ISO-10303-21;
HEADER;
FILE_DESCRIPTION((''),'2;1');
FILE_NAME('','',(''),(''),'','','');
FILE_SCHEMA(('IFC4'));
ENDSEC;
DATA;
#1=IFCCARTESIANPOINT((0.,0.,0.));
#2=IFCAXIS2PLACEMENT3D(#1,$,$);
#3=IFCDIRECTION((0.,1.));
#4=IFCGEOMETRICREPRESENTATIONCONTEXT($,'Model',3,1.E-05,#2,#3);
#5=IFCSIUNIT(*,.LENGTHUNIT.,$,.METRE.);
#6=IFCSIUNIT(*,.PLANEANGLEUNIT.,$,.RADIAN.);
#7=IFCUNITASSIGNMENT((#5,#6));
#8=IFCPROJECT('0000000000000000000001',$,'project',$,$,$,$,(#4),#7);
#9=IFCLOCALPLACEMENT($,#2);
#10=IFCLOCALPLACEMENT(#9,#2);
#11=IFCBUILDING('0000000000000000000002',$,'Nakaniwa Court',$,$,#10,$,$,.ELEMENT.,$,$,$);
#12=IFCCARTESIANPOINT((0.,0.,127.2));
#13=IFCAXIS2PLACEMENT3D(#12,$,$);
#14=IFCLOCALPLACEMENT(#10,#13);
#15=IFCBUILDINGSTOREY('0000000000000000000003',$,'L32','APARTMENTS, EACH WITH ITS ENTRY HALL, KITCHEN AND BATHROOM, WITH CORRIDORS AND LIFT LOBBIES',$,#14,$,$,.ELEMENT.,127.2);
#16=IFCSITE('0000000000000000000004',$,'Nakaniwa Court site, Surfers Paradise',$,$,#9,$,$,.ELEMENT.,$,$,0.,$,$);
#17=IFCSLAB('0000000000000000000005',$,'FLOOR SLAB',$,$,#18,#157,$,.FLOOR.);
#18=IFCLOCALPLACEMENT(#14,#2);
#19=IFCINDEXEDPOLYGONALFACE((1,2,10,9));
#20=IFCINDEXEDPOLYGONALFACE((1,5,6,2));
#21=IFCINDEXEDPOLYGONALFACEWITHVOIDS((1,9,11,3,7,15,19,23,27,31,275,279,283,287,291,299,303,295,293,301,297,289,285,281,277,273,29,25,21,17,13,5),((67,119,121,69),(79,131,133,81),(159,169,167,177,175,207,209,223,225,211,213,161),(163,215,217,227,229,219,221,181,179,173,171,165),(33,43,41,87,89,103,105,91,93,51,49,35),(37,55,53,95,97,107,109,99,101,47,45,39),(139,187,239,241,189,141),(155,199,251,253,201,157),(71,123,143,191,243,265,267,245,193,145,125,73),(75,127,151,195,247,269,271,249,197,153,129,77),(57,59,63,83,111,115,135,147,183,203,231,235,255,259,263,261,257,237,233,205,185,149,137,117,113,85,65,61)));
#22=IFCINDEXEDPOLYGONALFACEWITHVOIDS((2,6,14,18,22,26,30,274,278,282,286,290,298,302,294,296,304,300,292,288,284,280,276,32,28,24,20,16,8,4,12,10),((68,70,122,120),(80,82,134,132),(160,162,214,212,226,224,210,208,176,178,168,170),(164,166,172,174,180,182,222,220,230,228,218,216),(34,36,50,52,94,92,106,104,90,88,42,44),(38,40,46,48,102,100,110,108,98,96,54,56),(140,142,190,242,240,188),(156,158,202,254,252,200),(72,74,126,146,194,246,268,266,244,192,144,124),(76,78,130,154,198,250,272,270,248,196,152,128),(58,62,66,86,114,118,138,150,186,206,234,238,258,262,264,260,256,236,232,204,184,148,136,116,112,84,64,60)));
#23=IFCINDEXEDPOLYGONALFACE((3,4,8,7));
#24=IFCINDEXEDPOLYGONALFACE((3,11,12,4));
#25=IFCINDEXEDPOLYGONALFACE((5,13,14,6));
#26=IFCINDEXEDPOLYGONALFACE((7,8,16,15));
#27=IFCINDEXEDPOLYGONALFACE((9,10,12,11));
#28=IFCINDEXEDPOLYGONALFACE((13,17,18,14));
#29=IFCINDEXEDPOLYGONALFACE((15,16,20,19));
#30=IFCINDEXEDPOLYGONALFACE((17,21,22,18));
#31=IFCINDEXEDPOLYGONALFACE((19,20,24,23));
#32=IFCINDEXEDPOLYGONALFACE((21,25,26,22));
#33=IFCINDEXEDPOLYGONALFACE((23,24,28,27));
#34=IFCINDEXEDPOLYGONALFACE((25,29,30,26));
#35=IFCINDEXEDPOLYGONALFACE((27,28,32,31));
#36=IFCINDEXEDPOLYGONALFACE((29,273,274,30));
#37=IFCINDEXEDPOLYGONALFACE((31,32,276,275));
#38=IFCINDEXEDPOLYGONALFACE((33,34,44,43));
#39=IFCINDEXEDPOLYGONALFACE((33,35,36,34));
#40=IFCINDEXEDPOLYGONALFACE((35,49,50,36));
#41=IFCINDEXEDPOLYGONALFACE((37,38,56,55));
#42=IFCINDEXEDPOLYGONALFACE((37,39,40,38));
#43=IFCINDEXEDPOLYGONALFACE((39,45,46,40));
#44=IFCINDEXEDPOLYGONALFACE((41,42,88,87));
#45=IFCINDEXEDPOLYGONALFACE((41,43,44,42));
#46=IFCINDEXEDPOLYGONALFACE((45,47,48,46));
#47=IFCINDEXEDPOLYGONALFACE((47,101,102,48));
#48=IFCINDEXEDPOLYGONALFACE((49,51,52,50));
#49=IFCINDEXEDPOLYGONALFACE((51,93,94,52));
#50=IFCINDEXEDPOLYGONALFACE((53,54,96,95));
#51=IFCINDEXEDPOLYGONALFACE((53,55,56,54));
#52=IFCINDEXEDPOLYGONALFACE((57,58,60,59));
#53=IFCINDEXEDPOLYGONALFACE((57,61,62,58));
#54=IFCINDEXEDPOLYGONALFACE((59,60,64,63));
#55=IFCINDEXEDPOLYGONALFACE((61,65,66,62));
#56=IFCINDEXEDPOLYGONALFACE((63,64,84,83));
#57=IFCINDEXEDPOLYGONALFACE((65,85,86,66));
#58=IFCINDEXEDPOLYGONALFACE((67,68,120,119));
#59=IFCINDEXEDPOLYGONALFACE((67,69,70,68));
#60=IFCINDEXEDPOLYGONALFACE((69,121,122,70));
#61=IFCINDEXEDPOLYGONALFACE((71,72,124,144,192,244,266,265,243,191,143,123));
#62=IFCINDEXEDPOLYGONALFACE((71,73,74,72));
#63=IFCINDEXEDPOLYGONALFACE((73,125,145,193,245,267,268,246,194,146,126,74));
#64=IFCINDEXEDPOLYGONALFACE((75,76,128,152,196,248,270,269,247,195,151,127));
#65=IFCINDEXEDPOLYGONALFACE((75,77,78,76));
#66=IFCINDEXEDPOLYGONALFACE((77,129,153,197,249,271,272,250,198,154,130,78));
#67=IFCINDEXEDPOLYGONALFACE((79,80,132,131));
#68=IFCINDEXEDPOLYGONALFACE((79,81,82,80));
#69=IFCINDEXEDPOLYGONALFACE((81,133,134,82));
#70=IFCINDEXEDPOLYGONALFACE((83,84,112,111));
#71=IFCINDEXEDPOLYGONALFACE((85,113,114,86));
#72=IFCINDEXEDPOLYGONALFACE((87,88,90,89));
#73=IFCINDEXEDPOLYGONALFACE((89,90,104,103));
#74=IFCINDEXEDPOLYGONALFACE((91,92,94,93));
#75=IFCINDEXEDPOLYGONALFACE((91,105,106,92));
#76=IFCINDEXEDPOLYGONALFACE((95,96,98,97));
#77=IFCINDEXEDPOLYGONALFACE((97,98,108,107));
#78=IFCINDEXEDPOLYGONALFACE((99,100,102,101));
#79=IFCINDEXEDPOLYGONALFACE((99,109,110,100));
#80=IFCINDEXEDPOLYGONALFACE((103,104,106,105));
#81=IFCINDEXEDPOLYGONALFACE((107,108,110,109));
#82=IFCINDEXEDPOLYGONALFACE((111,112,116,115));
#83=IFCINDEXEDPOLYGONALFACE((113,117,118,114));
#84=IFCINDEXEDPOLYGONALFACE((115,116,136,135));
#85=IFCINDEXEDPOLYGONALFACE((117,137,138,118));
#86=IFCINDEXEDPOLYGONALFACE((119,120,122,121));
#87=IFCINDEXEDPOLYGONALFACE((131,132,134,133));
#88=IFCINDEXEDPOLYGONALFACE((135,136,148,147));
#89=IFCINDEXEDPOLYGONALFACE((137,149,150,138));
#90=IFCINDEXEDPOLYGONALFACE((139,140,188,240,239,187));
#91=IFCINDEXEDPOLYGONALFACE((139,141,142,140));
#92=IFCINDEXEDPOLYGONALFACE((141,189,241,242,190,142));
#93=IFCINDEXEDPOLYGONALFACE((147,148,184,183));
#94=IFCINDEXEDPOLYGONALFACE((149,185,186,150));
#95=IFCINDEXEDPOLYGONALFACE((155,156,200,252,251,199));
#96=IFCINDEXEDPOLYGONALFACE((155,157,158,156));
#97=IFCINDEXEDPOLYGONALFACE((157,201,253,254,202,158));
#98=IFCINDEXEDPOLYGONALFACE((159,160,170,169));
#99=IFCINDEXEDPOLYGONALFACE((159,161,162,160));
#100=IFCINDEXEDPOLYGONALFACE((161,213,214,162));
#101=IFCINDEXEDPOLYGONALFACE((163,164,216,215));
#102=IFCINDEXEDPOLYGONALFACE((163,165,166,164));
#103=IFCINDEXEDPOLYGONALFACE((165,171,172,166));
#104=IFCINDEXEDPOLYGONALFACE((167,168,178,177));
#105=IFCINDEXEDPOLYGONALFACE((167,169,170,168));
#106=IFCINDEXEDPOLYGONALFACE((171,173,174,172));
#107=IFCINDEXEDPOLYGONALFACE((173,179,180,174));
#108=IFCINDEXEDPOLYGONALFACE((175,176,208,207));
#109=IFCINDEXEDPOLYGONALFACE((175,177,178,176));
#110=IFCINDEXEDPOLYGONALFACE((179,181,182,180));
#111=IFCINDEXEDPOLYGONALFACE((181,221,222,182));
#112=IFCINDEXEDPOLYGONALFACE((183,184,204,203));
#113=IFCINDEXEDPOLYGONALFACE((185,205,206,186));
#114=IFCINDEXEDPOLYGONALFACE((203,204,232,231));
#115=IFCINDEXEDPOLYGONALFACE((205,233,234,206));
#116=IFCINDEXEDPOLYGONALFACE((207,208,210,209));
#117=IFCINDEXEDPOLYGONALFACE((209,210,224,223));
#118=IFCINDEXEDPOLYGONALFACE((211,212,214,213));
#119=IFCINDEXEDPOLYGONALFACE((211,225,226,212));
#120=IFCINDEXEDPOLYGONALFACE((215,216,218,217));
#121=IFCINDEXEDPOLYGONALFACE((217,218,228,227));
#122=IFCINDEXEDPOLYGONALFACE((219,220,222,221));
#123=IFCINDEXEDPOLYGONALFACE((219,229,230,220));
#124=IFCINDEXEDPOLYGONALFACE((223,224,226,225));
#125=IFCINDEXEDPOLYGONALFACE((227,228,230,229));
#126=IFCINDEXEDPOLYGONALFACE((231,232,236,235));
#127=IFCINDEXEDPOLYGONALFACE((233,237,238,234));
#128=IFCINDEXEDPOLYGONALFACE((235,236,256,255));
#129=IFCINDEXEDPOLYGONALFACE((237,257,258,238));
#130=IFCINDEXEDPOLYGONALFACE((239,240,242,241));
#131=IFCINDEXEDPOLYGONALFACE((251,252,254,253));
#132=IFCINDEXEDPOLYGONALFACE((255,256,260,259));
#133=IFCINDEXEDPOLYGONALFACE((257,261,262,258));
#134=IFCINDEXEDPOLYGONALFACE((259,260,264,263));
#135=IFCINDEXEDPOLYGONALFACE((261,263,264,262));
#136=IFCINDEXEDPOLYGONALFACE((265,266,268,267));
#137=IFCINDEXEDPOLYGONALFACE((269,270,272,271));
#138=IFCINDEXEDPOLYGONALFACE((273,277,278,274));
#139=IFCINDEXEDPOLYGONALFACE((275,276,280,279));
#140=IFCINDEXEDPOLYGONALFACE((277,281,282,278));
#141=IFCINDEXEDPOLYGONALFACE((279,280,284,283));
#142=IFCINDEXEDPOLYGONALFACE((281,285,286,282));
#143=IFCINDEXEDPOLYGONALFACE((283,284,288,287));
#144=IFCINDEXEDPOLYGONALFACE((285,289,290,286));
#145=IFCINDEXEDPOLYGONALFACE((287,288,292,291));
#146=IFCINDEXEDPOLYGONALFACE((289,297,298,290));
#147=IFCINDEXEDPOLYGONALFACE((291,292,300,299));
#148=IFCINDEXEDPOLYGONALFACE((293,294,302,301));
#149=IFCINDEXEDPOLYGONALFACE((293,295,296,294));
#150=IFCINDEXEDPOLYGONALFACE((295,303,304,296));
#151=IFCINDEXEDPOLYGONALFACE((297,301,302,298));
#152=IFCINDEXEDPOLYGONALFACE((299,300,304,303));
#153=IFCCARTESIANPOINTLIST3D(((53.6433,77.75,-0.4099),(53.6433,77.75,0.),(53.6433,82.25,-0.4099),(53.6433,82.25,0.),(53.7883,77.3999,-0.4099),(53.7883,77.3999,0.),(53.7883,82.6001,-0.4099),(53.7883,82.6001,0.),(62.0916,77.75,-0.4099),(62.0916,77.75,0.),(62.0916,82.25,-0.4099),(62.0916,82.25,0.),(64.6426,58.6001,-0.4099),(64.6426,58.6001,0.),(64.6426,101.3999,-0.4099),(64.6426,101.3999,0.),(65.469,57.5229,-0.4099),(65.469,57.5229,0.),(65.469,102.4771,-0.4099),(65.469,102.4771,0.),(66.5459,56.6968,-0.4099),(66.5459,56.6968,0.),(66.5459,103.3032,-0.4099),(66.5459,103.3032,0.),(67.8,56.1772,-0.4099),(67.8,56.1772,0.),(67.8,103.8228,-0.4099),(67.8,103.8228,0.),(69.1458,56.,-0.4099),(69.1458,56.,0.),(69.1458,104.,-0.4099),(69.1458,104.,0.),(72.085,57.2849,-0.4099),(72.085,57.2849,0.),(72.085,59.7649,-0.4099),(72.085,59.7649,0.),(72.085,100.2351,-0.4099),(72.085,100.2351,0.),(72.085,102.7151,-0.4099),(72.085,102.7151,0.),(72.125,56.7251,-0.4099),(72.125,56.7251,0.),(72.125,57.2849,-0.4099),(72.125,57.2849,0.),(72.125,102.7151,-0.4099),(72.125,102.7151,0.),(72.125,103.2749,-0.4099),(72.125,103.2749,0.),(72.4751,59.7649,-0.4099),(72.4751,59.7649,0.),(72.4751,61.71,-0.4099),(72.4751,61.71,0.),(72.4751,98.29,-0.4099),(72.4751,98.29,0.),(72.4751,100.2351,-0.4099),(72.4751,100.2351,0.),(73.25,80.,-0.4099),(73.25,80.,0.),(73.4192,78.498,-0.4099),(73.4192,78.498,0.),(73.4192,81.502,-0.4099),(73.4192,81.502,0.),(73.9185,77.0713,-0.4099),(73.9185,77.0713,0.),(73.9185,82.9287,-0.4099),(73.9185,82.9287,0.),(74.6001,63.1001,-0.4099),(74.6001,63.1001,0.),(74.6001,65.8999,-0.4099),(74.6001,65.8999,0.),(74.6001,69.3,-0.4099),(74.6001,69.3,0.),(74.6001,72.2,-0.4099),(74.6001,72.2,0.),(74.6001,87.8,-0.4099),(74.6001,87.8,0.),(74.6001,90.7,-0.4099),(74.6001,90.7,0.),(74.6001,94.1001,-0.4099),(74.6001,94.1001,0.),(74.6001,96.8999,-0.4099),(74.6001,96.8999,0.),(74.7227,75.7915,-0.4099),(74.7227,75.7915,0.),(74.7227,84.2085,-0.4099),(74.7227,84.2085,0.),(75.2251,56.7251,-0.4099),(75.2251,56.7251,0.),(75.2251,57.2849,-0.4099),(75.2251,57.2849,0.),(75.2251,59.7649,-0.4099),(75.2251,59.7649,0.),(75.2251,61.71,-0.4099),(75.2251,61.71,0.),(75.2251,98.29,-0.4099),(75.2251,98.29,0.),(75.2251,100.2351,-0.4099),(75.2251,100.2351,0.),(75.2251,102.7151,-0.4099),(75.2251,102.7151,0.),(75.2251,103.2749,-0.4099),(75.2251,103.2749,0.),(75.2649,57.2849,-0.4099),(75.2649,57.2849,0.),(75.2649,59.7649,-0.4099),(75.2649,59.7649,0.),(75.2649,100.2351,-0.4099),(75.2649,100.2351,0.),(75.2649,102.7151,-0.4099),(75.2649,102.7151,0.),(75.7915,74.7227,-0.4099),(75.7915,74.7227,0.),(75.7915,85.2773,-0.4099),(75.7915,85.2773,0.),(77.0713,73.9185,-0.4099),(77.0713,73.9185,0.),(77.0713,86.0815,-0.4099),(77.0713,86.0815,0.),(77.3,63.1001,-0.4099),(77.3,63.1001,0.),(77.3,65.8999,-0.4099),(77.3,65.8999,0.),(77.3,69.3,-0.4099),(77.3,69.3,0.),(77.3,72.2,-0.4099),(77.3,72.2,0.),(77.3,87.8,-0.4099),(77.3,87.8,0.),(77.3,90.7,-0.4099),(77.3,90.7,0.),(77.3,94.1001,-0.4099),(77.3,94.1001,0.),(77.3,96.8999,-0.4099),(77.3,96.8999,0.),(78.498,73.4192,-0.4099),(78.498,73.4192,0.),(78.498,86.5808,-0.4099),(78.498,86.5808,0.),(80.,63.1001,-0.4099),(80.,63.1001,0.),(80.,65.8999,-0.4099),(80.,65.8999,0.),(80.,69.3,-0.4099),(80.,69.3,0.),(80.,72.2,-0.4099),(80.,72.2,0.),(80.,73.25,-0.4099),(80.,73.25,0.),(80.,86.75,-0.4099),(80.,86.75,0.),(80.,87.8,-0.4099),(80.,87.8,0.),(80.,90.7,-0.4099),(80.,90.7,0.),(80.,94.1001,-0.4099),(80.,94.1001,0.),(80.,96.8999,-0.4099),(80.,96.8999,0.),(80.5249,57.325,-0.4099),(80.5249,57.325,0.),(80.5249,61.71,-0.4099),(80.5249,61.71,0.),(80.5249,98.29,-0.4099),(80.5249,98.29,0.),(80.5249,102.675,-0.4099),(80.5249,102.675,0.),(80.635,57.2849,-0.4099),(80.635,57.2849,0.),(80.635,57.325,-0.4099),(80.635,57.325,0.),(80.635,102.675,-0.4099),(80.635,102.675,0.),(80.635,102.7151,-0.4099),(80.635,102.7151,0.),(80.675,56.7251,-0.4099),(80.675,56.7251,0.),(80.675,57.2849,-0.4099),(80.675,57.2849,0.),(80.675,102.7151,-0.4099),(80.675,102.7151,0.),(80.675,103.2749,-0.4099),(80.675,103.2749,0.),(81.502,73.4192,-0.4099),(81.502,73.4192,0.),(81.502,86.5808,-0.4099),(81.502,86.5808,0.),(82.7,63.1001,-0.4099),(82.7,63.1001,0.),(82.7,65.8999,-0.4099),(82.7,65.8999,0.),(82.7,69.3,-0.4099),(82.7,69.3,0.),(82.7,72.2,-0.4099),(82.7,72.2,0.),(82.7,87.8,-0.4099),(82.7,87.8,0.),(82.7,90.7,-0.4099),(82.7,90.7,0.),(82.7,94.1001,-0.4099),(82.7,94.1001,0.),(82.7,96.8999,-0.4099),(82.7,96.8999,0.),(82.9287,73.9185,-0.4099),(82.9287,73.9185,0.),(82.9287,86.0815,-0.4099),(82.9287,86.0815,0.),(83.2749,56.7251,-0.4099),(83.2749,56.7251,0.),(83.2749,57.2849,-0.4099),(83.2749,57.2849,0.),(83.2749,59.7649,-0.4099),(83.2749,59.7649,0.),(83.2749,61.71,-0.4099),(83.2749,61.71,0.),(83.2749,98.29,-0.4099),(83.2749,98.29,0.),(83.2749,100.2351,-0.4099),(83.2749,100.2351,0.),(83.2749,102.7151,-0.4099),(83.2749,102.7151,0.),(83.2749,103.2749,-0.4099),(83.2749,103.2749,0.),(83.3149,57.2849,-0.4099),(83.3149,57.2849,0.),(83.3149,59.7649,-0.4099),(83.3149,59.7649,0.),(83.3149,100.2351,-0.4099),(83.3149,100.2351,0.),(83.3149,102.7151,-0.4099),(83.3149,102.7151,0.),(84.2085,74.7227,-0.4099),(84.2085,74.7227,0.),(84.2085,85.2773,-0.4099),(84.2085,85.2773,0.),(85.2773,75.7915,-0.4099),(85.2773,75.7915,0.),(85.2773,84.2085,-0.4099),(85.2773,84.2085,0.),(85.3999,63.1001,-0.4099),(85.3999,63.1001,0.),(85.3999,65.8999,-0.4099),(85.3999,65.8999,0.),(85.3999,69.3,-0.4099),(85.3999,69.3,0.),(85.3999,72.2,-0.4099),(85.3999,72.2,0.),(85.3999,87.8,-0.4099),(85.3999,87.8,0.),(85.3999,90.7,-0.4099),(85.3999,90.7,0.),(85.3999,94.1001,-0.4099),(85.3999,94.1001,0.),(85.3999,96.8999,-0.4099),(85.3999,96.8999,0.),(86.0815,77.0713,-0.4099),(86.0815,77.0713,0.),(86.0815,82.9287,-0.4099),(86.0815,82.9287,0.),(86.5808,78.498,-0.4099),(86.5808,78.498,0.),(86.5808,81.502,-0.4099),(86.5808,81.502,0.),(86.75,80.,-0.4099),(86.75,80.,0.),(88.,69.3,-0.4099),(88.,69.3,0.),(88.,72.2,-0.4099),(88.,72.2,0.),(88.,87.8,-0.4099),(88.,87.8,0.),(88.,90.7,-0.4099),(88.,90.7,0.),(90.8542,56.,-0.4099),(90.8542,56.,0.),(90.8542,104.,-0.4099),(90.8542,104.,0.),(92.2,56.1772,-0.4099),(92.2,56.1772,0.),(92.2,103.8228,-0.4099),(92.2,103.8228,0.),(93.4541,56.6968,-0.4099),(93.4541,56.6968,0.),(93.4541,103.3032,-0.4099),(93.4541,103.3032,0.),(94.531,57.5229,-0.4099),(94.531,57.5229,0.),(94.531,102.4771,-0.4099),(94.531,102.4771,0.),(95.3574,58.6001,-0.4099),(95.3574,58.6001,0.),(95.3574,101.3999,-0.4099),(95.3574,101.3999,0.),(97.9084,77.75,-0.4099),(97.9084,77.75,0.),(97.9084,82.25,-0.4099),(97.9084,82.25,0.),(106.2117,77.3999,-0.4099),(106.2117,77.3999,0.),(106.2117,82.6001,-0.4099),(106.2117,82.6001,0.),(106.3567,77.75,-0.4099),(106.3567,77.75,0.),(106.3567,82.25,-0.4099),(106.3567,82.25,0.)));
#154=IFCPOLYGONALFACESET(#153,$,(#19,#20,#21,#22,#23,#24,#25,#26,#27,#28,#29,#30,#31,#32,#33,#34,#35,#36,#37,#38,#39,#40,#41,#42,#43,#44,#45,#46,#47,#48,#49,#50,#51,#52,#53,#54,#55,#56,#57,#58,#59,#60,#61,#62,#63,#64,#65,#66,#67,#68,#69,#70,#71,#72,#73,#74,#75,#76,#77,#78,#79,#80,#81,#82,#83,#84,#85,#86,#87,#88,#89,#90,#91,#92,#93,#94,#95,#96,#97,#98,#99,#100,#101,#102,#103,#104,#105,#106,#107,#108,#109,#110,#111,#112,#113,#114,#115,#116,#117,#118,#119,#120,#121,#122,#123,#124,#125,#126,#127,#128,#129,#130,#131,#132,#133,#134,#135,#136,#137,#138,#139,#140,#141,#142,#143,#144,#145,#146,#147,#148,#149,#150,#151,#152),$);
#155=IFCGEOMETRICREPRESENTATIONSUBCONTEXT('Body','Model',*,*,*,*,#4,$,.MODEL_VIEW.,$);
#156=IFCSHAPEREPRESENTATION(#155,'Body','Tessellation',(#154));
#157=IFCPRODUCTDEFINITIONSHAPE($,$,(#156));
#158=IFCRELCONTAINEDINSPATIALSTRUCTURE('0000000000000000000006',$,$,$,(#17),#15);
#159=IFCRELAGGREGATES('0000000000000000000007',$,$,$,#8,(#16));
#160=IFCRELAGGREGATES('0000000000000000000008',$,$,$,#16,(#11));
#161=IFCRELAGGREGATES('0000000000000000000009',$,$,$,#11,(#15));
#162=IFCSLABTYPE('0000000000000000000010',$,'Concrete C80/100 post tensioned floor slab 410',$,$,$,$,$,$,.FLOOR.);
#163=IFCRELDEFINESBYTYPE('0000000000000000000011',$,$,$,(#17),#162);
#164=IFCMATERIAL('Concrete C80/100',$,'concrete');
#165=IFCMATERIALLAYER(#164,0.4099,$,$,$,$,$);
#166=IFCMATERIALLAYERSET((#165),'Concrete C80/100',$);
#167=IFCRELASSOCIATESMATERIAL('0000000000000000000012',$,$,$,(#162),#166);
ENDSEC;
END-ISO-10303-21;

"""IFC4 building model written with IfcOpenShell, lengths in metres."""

from ifc_helpers import new_model, si_unit, direction, frame, origin, place, context, subcontext, project, spatial, polyline, outline, extrude, material, layer, layer_set, type_object, element, save


model = new_model("IFC4")

# Units and contexts
model_context = context("Model", 3, precision=1e-05, world=origin(), true_north=direction((0.0, 1.0)))
body_context = subcontext(model_context, "Body", "Model", "MODEL_VIEW")
ifc_project = project(units=[si_unit("LENGTHUNIT", "METRE"), si_unit("PLANEANGLEUNIT", "RADIAN")], contexts=[model_context])

# Site, building, storey
site_placement = place(None, origin())
site = spatial("IfcSite", under=ifc_project, at=site_placement, Name="Nakaniwa Court site, Surfers Paradise", CompositionType="ELEMENT", RefElevation=0.0)
building_placement = place(site_placement, origin())
building = spatial("IfcBuilding", under=site, at=building_placement, Name="Nakaniwa Court", CompositionType="ELEMENT")
storey_placement = place(building_placement, frame((0.0, 0.0, 127.2)))
storey = spatial("IfcBuildingStorey", under=building, at=storey_placement, Name="L32", Description="APARTMENTS, EACH WITH ITS ENTRY HALL, KITCHEN AND BATHROOM, WITH CORRIDORS AND LIFT LOBBIES", CompositionType="ELEMENT", Elevation=127.2)

# Shared definitions
ifc_material_1 = material(Name="Concrete C80/100", Category="concrete")

# Slab
ifc_layer_1 = layer(ifc_material_1, 0.4099)
ifc_layer_set_1 = layer_set([ifc_layer_1], Name="Concrete C80/100")
slab_type_1 = type_object("IfcSlabType", Name="Concrete C80/100 post tensioned floor slab 410", PredefinedType="FLOOR", material=ifc_layer_set_1)
slab_1_placement = place(storey_placement, frame((0.0, 0.0, -0.4099)))
element("IfcSlab", 1, at=slab_1_placement, inside=storey, type_object=slab_type_1, Name="FLOOR SLAB", PredefinedType="FLOOR", context=body_context, shape_type="SweptSolid", body=[
    extrude(outline(polyline([(97.9084, 82.25), (106.3567, 82.25), (106.2117, 82.6001), (95.3574, 101.3999), (94.531, 102.4771), (93.4541, 103.3032), (92.2, 103.8228), (90.8542, 104.0), (69.1458, 104.0), (67.8, 103.8228), (66.5459, 103.3032), (65.469, 102.4771), (64.6426, 101.3999), (53.7883, 82.6001), (53.6433, 82.25), (62.0916, 82.25), (62.0916, 77.75), (53.6433, 77.75), (53.7883, 77.3999), (64.6426, 58.6001), (65.469, 57.5229), (66.5459, 56.6968), (67.8, 56.1772), (69.1458, 56.0), (90.8542, 56.0), (92.2, 56.1772), (93.4541, 56.6968), (94.531, 57.5229), (95.3574, 58.6001), (106.2117, 77.3999), (106.3567, 77.75), (97.9084, 77.75), (97.9084, 82.25)]), holes=[polyline([(81.502, 86.5808), (80.0, 86.75), (78.498, 86.5808), (77.0713, 86.0815), (75.7915, 85.2773), (74.7227, 84.2085), (73.9185, 82.9287), (73.4192, 81.502), (73.25, 80.0), (73.4192, 78.498), (73.9185, 77.0713), (74.7227, 75.7915), (75.7915, 74.7227), (77.0713, 73.9185), (78.498, 73.4192), (80.0, 73.25), (81.502, 73.4192), (82.9287, 73.9185), (84.2085, 74.7227), (85.2773, 75.7915), (86.0815, 77.0713), (86.5808, 78.498), (86.75, 80.0), (86.5808, 81.502), (86.0815, 82.9287), (85.2773, 84.2085), (84.2085, 85.2773), (82.9287, 86.0815), (81.502, 86.5808)]), polyline([(72.4751, 61.71), (72.4751, 59.7649), (72.085, 59.7649), (72.085, 57.2849), (72.125, 57.2849), (72.125, 56.7251), (75.2251, 56.7251), (75.2251, 57.2849), (75.2649, 57.2849), (75.2649, 59.7649), (75.2251, 59.7649), (75.2251, 61.71), (72.4751, 61.71)]), polyline([(77.3, 63.1001), (77.3, 65.8999), (74.6001, 65.8999), (74.6001, 63.1001), (77.3, 63.1001)]), polyline([(80.0, 69.3), (82.7, 69.3), (85.3999, 69.3), (88.0, 69.3), (88.0, 72.2), (85.3999, 72.2), (82.7, 72.2), (80.0, 72.2), (77.3, 72.2), (74.6001, 72.2), (74.6001, 69.3), (77.3, 69.3), (80.0, 69.3)]), polyline([(80.0, 87.8), (82.7, 87.8), (85.3999, 87.8), (88.0, 87.8), (88.0, 90.7), (85.3999, 90.7), (82.7, 90.7), (80.0, 90.7), (77.3, 90.7), (74.6001, 90.7), (74.6001, 87.8), (77.3, 87.8), (80.0, 87.8)]), polyline([(77.3, 94.1001), (77.3, 96.8999), (74.6001, 96.8999), (74.6001, 94.1001), (77.3, 94.1001)]), polyline([(80.0, 96.8999), (80.0, 94.1001), (82.7, 94.1001), (85.3999, 94.1001), (85.3999, 96.8999), (82.7, 96.8999), (80.0, 96.8999)]), polyline([(75.2649, 100.2351), (75.2649, 102.7151), (75.2251, 102.7151), (75.2251, 103.2749), (72.125, 103.2749), (72.125, 102.7151), (72.085, 102.7151), (72.085, 100.2351), (72.4751, 100.2351), (72.4751, 98.29), (75.2251, 98.29), (75.2251, 100.2351), (75.2649, 100.2351)]), polyline([(83.2749, 61.71), (80.5249, 61.71), (80.5249, 57.325), (80.635, 57.325), (80.635, 57.2849), (80.675, 57.2849), (80.675, 56.7251), (83.2749, 56.7251), (83.2749, 57.2849), (83.3149, 57.2849), (83.3149, 59.7649), (83.2749, 59.7649), (83.2749, 61.71)]), polyline([(82.7, 63.1001), (85.3999, 63.1001), (85.3999, 65.8999), (82.7, 65.8999), (80.0, 65.8999), (80.0, 63.1001), (82.7, 63.1001)]), polyline([(83.2749, 100.2351), (83.3149, 100.2351), (83.3149, 102.7151), (83.2749, 102.7151), (83.2749, 103.2749), (80.675, 103.2749), (80.675, 102.7151), (80.635, 102.7151), (80.635, 102.675), (80.5249, 102.675), (80.5249, 98.29), (83.2749, 98.29), (83.2749, 100.2351)])]), origin(), (0.0, 0.0, 1.0), 0.4099),
])

save(model, "model.ifc")
